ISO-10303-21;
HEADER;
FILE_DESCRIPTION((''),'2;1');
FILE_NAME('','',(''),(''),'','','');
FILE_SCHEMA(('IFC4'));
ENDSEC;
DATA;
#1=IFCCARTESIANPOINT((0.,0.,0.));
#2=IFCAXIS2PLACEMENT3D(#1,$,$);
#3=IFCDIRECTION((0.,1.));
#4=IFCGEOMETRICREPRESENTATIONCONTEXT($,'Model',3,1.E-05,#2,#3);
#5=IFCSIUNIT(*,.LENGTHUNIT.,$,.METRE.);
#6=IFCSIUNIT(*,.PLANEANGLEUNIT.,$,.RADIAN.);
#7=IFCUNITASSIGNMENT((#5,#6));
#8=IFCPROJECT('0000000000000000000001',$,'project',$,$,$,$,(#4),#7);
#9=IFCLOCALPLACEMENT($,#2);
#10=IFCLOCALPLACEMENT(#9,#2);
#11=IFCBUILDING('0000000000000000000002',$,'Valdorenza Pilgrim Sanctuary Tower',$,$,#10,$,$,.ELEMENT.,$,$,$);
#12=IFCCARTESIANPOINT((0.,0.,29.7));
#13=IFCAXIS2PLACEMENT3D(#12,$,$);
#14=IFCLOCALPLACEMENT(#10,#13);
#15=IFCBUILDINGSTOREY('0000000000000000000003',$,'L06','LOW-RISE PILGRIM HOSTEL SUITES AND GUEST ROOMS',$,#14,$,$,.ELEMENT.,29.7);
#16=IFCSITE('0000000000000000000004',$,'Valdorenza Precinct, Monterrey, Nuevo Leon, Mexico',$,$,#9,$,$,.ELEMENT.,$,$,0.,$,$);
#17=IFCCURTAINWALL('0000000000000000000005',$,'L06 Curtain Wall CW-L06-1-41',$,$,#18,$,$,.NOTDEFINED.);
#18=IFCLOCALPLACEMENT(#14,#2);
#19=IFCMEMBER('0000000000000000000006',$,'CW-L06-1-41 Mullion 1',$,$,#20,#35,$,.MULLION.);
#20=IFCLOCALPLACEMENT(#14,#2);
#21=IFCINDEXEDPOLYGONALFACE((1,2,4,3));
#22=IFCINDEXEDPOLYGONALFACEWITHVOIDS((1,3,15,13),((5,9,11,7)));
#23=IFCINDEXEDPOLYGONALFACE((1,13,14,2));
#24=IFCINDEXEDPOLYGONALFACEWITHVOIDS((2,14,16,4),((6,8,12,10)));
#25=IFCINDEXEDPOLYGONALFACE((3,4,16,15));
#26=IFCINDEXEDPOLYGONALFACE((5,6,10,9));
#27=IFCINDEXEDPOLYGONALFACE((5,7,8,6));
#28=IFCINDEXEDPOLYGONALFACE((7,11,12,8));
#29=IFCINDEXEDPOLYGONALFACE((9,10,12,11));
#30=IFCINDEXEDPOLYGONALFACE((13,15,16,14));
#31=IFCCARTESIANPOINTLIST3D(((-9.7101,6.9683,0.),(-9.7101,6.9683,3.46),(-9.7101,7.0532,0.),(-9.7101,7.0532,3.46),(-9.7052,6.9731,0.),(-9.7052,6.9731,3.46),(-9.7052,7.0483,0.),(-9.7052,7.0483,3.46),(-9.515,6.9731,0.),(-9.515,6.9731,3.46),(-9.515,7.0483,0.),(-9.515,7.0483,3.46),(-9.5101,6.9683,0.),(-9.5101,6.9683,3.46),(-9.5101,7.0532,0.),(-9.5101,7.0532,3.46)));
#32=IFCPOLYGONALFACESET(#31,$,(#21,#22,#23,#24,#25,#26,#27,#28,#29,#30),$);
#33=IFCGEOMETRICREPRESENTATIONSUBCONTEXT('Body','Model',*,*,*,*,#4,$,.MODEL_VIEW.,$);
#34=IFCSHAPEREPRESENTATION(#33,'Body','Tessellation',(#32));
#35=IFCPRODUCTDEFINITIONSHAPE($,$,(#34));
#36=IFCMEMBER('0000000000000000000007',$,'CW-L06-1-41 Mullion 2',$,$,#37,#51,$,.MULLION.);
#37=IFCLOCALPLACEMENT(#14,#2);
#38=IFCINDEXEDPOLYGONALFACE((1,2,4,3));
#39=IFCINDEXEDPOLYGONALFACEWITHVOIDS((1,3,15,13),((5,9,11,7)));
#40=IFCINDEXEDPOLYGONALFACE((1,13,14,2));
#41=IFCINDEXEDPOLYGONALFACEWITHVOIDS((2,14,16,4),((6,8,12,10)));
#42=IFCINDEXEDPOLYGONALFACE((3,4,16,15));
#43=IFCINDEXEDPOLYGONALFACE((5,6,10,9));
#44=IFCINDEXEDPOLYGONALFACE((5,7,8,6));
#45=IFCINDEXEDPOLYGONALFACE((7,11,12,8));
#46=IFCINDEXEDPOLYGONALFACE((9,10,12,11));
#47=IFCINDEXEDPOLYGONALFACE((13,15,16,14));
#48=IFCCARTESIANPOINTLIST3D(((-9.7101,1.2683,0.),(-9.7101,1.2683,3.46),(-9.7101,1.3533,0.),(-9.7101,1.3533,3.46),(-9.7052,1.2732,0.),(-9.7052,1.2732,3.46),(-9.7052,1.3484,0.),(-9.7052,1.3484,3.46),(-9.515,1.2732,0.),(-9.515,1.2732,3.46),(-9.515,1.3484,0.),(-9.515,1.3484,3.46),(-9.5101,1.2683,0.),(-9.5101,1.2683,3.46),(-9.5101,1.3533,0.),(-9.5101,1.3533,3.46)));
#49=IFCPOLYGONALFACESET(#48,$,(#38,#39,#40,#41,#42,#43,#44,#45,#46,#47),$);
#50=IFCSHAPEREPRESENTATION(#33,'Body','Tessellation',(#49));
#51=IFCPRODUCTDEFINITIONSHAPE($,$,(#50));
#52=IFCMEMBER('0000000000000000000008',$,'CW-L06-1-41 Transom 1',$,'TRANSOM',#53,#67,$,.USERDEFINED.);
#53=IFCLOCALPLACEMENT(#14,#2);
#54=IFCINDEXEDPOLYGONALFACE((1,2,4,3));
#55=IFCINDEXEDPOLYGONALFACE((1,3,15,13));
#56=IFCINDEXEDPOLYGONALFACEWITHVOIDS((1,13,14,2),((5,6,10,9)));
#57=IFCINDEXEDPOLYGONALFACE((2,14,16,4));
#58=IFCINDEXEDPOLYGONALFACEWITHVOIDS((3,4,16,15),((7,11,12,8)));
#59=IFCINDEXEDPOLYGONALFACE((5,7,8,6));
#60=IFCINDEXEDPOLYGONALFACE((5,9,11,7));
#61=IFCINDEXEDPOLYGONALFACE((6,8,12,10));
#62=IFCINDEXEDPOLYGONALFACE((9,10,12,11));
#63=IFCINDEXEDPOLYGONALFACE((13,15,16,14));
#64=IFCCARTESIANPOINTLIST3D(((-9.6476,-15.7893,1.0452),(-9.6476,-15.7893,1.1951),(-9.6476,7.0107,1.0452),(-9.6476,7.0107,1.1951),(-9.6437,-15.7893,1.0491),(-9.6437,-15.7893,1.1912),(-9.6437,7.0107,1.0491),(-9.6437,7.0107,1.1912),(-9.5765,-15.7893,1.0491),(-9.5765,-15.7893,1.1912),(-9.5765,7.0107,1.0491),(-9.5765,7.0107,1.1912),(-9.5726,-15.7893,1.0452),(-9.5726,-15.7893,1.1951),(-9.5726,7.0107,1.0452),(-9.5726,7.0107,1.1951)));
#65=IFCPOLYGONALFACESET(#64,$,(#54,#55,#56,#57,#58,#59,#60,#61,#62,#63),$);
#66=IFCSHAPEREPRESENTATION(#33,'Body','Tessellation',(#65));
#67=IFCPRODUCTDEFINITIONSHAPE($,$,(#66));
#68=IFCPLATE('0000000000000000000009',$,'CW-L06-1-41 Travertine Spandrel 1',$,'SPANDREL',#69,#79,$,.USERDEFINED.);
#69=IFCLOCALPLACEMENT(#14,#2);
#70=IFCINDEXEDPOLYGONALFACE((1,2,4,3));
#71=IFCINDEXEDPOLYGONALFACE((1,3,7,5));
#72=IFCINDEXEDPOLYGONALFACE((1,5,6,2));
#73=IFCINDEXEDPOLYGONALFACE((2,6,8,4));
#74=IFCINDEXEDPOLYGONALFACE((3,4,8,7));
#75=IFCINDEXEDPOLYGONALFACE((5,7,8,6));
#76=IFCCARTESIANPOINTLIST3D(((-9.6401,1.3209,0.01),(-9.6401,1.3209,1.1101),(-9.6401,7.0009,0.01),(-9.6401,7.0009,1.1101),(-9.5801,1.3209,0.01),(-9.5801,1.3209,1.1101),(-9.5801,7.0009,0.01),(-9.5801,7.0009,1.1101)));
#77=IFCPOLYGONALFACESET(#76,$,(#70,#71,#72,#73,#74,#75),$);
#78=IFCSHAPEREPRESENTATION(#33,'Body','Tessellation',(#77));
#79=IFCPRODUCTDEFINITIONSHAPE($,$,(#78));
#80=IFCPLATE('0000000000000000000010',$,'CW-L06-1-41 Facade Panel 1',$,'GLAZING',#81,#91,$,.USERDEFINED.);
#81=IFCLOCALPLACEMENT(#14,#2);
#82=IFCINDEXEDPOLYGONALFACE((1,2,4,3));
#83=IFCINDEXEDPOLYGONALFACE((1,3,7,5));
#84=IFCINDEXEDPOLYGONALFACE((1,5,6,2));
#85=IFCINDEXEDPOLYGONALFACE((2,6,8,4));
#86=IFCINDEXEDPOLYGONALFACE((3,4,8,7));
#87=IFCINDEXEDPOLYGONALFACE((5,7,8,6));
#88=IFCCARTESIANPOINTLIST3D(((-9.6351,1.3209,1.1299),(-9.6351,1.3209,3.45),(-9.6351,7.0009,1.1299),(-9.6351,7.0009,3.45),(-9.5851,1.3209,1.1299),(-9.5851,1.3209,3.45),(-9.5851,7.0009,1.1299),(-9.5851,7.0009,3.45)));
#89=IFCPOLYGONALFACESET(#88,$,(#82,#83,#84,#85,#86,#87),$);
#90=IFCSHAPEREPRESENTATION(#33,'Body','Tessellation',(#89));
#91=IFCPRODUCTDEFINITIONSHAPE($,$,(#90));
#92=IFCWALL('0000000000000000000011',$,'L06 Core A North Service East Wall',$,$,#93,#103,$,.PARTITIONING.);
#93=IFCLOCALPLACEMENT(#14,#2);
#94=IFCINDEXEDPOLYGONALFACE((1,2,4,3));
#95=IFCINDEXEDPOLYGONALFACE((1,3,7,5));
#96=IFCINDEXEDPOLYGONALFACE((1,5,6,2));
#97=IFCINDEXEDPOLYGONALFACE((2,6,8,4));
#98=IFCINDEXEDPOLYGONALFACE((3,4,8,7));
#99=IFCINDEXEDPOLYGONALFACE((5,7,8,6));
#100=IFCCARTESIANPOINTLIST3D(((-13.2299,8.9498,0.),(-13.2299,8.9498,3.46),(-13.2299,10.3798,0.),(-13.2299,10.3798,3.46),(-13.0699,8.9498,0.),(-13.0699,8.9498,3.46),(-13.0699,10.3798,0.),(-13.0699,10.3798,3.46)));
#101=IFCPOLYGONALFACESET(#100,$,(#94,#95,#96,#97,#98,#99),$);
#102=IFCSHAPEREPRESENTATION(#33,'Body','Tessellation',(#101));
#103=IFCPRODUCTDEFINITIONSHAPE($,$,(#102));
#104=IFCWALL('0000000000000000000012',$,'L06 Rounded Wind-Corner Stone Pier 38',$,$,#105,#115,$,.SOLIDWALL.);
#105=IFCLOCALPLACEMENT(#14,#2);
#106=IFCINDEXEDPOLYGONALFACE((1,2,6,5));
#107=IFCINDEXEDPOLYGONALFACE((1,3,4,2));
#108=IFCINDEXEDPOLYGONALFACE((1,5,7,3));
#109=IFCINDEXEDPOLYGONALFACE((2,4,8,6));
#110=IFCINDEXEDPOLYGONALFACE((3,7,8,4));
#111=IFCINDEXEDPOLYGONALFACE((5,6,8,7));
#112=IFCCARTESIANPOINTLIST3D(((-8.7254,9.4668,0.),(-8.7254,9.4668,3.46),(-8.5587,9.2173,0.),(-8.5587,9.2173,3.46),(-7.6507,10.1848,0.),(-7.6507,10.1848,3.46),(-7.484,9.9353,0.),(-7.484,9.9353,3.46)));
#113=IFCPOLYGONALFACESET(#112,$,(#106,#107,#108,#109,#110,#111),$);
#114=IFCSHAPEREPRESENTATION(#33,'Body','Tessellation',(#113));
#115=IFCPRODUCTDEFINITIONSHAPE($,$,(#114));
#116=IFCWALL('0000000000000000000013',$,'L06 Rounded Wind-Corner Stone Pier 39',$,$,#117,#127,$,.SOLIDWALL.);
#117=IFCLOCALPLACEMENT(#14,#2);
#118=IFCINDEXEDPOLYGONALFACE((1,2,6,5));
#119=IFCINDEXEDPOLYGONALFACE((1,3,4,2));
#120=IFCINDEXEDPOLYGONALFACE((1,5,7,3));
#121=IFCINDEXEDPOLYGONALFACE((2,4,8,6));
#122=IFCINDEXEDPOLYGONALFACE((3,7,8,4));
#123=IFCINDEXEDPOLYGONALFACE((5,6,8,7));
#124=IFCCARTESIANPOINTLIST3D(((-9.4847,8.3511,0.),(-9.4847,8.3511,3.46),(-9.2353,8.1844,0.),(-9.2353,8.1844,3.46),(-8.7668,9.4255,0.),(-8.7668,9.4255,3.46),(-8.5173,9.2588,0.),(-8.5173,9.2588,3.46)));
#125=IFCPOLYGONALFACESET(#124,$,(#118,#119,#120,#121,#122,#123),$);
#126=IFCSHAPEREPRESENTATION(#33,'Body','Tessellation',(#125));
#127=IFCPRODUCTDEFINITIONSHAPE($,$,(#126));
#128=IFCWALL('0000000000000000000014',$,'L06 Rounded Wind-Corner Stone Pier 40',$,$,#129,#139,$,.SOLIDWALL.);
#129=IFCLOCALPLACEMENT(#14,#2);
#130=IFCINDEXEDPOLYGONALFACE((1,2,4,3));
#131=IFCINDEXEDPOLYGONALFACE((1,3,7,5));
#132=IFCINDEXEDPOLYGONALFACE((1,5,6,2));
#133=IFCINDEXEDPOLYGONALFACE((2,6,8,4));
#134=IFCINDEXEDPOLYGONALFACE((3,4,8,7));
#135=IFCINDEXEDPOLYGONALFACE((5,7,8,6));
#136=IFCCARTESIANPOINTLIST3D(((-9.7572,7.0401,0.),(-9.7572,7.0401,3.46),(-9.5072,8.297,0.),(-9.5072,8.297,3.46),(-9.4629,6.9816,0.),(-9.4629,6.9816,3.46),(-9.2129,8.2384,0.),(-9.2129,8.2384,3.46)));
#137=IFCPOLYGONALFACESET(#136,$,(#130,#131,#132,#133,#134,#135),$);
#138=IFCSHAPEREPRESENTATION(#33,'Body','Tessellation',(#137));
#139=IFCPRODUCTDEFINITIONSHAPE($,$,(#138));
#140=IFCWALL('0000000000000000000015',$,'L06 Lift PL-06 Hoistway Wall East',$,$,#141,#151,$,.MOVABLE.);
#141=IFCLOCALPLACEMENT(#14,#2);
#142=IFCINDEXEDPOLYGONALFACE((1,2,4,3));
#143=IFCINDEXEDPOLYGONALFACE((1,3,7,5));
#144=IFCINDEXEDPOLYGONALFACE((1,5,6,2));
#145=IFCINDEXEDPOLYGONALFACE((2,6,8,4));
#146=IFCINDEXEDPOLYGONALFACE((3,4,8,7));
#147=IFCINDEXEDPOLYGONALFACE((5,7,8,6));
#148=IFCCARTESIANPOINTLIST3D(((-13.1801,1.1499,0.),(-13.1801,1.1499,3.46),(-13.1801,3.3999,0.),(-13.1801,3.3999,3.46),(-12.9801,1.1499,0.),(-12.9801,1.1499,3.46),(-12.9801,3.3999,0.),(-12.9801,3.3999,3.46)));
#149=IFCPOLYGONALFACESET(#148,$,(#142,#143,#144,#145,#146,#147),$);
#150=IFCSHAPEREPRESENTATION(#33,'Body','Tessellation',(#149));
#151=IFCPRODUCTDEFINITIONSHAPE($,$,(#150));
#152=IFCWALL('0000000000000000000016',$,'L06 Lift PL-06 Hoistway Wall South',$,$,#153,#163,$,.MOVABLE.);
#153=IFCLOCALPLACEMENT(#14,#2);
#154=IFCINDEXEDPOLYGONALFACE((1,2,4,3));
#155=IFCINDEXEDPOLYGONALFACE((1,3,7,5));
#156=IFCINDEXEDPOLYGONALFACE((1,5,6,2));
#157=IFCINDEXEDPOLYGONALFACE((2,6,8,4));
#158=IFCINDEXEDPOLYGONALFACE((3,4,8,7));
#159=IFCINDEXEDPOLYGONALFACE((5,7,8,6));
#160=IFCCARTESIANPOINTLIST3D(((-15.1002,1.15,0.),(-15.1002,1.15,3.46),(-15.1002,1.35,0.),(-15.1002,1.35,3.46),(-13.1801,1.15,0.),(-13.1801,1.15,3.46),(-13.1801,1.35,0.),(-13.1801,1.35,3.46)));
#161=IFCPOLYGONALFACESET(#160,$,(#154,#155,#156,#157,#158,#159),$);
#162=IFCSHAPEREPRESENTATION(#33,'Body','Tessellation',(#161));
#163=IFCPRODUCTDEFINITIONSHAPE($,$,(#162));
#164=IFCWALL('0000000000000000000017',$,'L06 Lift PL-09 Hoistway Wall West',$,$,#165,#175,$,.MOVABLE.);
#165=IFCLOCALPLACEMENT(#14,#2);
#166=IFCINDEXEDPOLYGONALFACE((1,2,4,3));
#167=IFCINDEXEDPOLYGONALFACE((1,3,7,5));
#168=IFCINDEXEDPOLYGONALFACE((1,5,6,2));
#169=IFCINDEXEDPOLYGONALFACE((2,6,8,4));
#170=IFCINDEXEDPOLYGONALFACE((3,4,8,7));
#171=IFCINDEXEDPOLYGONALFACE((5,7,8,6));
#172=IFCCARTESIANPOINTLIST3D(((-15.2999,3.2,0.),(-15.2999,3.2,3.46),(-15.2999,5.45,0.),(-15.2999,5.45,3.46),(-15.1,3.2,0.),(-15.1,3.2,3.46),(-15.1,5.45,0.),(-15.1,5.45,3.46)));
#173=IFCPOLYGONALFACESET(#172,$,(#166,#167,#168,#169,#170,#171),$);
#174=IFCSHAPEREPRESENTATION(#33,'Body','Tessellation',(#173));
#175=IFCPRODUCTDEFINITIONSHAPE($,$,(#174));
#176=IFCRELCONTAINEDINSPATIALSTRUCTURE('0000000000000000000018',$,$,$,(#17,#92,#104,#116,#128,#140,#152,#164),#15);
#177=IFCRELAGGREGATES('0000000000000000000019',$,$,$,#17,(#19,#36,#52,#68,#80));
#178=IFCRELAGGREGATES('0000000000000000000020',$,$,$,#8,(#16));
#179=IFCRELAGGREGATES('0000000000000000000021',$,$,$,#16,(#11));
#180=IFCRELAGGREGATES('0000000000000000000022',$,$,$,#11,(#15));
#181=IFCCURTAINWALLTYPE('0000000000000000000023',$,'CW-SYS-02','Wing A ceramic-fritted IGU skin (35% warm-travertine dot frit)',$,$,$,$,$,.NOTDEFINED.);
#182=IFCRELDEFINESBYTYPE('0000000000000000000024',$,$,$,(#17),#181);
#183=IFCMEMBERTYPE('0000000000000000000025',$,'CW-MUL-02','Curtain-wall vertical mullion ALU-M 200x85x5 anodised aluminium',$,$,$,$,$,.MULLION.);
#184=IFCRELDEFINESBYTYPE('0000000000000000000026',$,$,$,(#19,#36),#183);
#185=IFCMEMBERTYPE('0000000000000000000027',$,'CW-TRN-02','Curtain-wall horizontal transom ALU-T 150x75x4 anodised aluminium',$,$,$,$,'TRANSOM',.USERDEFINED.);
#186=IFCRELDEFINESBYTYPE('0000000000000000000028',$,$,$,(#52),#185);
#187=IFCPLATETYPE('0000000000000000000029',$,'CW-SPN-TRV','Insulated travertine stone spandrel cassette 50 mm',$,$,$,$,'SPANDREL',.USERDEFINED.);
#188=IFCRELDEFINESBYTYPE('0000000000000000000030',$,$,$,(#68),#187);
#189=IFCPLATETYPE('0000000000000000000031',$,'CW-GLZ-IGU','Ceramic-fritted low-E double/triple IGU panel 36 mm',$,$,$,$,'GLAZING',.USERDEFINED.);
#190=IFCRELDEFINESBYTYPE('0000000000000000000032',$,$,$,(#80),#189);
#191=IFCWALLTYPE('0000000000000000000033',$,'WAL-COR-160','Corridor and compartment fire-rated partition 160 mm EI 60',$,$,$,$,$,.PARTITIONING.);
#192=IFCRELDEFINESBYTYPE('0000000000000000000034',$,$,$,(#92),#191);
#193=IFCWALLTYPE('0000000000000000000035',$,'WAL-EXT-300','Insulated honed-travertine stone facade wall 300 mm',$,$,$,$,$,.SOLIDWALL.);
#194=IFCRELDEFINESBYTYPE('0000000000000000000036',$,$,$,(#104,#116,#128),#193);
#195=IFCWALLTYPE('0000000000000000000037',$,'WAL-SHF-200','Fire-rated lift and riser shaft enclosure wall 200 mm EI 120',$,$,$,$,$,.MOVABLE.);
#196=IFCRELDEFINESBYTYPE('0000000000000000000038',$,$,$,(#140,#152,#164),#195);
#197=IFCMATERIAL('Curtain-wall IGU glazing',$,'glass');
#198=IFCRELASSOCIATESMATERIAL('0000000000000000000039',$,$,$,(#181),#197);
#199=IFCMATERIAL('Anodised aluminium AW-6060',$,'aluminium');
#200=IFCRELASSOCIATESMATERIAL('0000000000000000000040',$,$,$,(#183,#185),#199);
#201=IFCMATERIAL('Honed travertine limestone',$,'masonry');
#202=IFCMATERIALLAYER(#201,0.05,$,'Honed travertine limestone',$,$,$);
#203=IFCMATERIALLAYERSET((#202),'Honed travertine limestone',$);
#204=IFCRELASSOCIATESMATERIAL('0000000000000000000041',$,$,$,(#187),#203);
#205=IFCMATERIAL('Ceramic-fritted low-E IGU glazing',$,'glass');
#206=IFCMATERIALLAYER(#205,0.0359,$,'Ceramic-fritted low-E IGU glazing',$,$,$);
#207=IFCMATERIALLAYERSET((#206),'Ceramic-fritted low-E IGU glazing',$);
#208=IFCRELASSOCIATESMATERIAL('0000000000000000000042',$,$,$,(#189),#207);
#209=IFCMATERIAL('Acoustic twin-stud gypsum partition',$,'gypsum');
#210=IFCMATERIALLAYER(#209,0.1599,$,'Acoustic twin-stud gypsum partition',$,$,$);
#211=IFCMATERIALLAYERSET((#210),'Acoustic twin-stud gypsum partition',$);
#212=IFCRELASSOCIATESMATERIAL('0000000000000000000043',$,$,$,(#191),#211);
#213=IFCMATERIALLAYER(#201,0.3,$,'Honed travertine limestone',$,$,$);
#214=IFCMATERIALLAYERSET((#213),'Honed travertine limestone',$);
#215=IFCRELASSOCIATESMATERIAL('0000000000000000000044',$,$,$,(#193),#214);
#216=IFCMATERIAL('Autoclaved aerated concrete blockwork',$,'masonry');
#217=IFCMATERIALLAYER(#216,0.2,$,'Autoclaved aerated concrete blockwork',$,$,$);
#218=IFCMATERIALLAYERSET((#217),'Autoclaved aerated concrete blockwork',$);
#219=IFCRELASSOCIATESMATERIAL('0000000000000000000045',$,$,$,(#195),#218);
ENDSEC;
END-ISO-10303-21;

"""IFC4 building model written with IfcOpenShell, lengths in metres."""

from ifc_helpers import new_model, si_unit, direction, frame, frame_2d, origin, origin_2d, place, context, subcontext, project, spatial, rectangle, hollow_rectangle, extrude, source, transform, mapped, material, layer, layer_set, material_profile, profile_set, type_object, element, aggregate, save


model = new_model("IFC4")

# Units and contexts
model_context = context("Model", 3, precision=1e-05, world=origin(), true_north=direction((0.0, 1.0)))
body_context = subcontext(model_context, "Body", "Model", "MODEL_VIEW")
ifc_project = project(units=[si_unit("LENGTHUNIT", "METRE"), si_unit("PLANEANGLEUNIT", "RADIAN")], contexts=[model_context])

# Site, building, storey
site_placement = place(None, origin())
site = spatial("IfcSite", under=ifc_project, at=site_placement, Name="Valdorenza Precinct, Monterrey, Nuevo Leon, Mexico", CompositionType="ELEMENT", RefElevation=0.0)
building_placement = place(site_placement, origin())
building = spatial("IfcBuilding", under=site, at=building_placement, Name="Valdorenza Pilgrim Sanctuary Tower", CompositionType="ELEMENT")
storey_placement = place(building_placement, frame((0.0, 0.0, 29.7)))
storey = spatial("IfcBuildingStorey", under=building, at=storey_placement, Name="L06", Description="LOW-RISE PILGRIM HOSTEL SUITES AND GUEST ROOMS", CompositionType="ELEMENT", Elevation=29.7)

# Curtain wall, members, plates
ifc_material_1 = material(Name="Curtain-wall IGU glazing", Category="glass")
curtain_wall_type = type_object("IfcCurtainWallType", Name="CW-SYS-02", Description="Wing A ceramic-fritted IGU skin (35% warm-travertine dot frit)", PredefinedType="NOTDEFINED", material=ifc_material_1)
curtain_wall_placement = place(storey_placement, origin())
curtain_wall = element("IfcCurtainWall", 1, at=curtain_wall_placement, inside=storey, type_object=curtain_wall_type, Name="L06 Curtain Wall CW-L06-1-41", PredefinedType="NOTDEFINED")
ifc_material_2 = material(Name="Anodised aluminium AW-6060", Category="aluminium")
ifc_material_profile_1 = material_profile(ifc_material_2, hollow_rectangle(XDim=0.085, YDim=0.2, WallThickness=0.0049, at=origin_2d()), Name="ALU-M 200x85x5")
ifc_profile_set_1 = profile_set([ifc_material_profile_1], Name="Anodised aluminium AW-6060")
member_type_1 = type_object("IfcMemberType", Name="CW-MUL-02", Description="Curtain-wall vertical mullion ALU-M 200x85x5 anodised aluminium", PredefinedType="MULLION", material=ifc_profile_set_1)
shared_shape_1 = source(origin(), body_context, "Body", "SweptSolid", [
    extrude(hollow_rectangle(XDim=0.085, YDim=0.2, WallThickness=0.0049, at=origin_2d()), origin(), (0.0, 0.0, 1.0), 3.46),
])
member_1_placement = place(storey_placement, frame((-9.6101, 7.0107, 0.0), z_axis=(0.0, 0.0, 1.0), x_axis=(0.0, -1.0, 0.0)))
member_1 = element("IfcMember", 2, at=member_1_placement, type_object=member_type_1, Name="CW-L06-1-41 Mullion 1", PredefinedType="MULLION", context=body_context, shape_type="MappedRepresentation", body=[
    mapped(shared_shape_1, transform((0.0, 0.0, 0.0), x_axis=(1.0, 0.0, 0.0), y_axis=(0.0, 1.0, 0.0), z_axis=(0.0, 0.0, 1.0), scale=1.0)),
])
member_2_placement = place(storey_placement, frame((-9.6101, 1.3108, 0.0), z_axis=(0.0, 0.0, 1.0), x_axis=(0.0, -1.0, 0.0)))
member_2 = element("IfcMember", 3, at=member_2_placement, type_object=member_type_1, Name="CW-L06-1-41 Mullion 2", PredefinedType="MULLION", context=body_context, shape_type="MappedRepresentation", body=[
    mapped(shared_shape_1, transform((0.0, 0.0, 0.0), x_axis=(1.0, 0.0, 0.0), y_axis=(0.0, 1.0, 0.0), z_axis=(0.0, 0.0, 1.0), scale=1.0)),
])
ifc_material_profile_2 = material_profile(ifc_material_2, hollow_rectangle(XDim=0.075, YDim=0.1499, WallThickness=0.0039, at=origin_2d()), Name="ALU-T 150x75x4")
ifc_profile_set_2 = profile_set([ifc_material_profile_2], Name="Anodised aluminium AW-6060")
member_type_2 = type_object("IfcMemberType", Name="CW-TRN-02", Description="Curtain-wall horizontal transom ALU-T 150x75x4 anodised aluminium", ElementType="TRANSOM", PredefinedType="USERDEFINED", material=ifc_profile_set_2)
shared_shape_2 = source(origin(), body_context, "Body", "SweptSolid", [
    extrude(hollow_rectangle(XDim=0.075, YDim=0.1499, WallThickness=0.0039, at=origin_2d()), origin(), (0.0, 0.0, 1.0), 22.8),
])
member_3_placement = place(storey_placement, frame((-9.6101, 7.0107, 1.1201), z_axis=(0.0, -1.0, 0.0), x_axis=(1.0, 0.0, 0.0)))
member_3 = element("IfcMember", 4, at=member_3_placement, type_object=member_type_2, Name="CW-L06-1-41 Transom 1", ObjectType="TRANSOM", PredefinedType="USERDEFINED", context=body_context, shape_type="MappedRepresentation", body=[
    mapped(shared_shape_2, transform((0.0, 0.0, 0.0), x_axis=(1.0, 0.0, 0.0), y_axis=(0.0, 1.0, 0.0), z_axis=(0.0, 0.0, 1.0), scale=1.0)),
])
ifc_material_3 = material(Name="Honed travertine limestone", Category="masonry")
ifc_layer_1 = layer(ifc_material_3, 0.05, Name="Honed travertine limestone")
ifc_layer_set_1 = layer_set([ifc_layer_1], Name="Honed travertine limestone")
plate_type_1 = type_object("IfcPlateType", Name="CW-SPN-TRV", Description="Insulated travertine stone spandrel cassette 50 mm", ElementType="SPANDREL", PredefinedType="USERDEFINED", material=ifc_layer_set_1)
shared_shape_3 = source(origin(), body_context, "Body", "SweptSolid", [
    extrude(rectangle(XDim=5.6799, YDim=0.0601, at=origin_2d()), origin(), (0.0, 0.0, 1.0), 1.1001),
])
plate_1_placement = place(storey_placement, frame((-9.6101, 4.1609, 0.01), z_axis=(0.0, 0.0, 1.0), x_axis=(0.0, -1.0, 0.0)))
plate_1 = element("IfcPlate", 5, at=plate_1_placement, type_object=plate_type_1, Name="CW-L06-1-41 Travertine Spandrel 1", ObjectType="SPANDREL", PredefinedType="USERDEFINED", context=body_context, shape_type="MappedRepresentation", body=[
    mapped(shared_shape_3, transform((0.0, 0.0, 0.0), x_axis=(1.0, 0.0, 0.0), y_axis=(0.0, 1.0, 0.0), z_axis=(0.0, 0.0, 1.0), scale=1.0)),
])
ifc_material_4 = material(Name="Ceramic-fritted low-E IGU glazing", Category="glass")
ifc_layer_2 = layer(ifc_material_4, 0.0359, Name="Ceramic-fritted low-E IGU glazing")
ifc_layer_set_2 = layer_set([ifc_layer_2], Name="Ceramic-fritted low-E IGU glazing")
plate_type_2 = type_object("IfcPlateType", Name="CW-GLZ-IGU", Description="Ceramic-fritted low-E double/triple IGU panel 36 mm", ElementType="GLAZING", PredefinedType="USERDEFINED", material=ifc_layer_set_2)
shared_shape_4 = source(origin(), body_context, "Body", "SweptSolid", [
    extrude(rectangle(XDim=5.6799, YDim=0.05, at=origin_2d()), origin(), (0.0, 0.0, 1.0), 2.3201),
])
plate_2_placement = place(storey_placement, frame((-9.6101, 4.1609, 1.1299), z_axis=(0.0, 0.0, 1.0), x_axis=(0.0, -1.0, 0.0)))
plate_2 = element("IfcPlate", 6, at=plate_2_placement, type_object=plate_type_2, Name="CW-L06-1-41 Facade Panel 1", ObjectType="GLAZING", PredefinedType="USERDEFINED", context=body_context, shape_type="MappedRepresentation", body=[
    mapped(shared_shape_4, transform((0.0, 0.0, 0.0), x_axis=(1.0, 0.0, 0.0), y_axis=(0.0, 1.0, 0.0), z_axis=(0.0, 0.0, 1.0), scale=1.0)),
])
aggregate(curtain_wall, [member_1, member_2, member_3, plate_1, plate_2])

# Walls
ifc_material_5 = material(Name="Acoustic twin-stud gypsum partition", Category="gypsum")
ifc_layer_3 = layer(ifc_material_5, 0.1599, Name="Acoustic twin-stud gypsum partition")
ifc_layer_set_3 = layer_set([ifc_layer_3], Name="Acoustic twin-stud gypsum partition")
wall_type_1 = type_object("IfcWallType", Name="WAL-COR-160", Description="Corridor and compartment fire-rated partition 160 mm EI 60", PredefinedType="PARTITIONING", material=ifc_layer_set_3)
wall_1_placement = place(storey_placement, frame((-13.1499, 8.95, 0.0), z_axis=(0.0, 0.0, 1.0), x_axis=(0.0, 1.0, 0.0)))
element("IfcWall", 7, at=wall_1_placement, inside=storey, type_object=wall_type_1, Name="L06 Core A North Service East Wall", PredefinedType="PARTITIONING", context=body_context, shape_type="SweptSolid", body=[
    extrude(rectangle(XDim=1.4299, YDim=0.1599, at=frame_2d((0.7148, 0.0))), origin(), (0.0, 0.0, 1.0), 3.46),
])
ifc_layer_4 = layer(ifc_material_3, 0.3, Name="Honed travertine limestone")
ifc_layer_set_4 = layer_set([ifc_layer_4], Name="Honed travertine limestone")
wall_type_2 = type_object("IfcWallType", Name="WAL-EXT-300", Description="Insulated honed-travertine stone facade wall 300 mm", PredefinedType="SOLIDWALL", material=ifc_layer_set_4)
wall_2_placement = place(storey_placement, frame((-7.5674, 10.0601, 0.0), z_axis=(0.0, 0.0, 1.0), x_axis=(-0.831498, -0.555528, 0.0)))
element("IfcWall", 8, at=wall_2_placement, inside=storey, type_object=wall_type_2, Name="L06 Rounded Wind-Corner Stone Pier 38", PredefinedType="SOLIDWALL", context=body_context, shape_type="SweptSolid", body=[
    extrude(rectangle(XDim=1.2925, YDim=0.3, at=frame_2d((0.6462, 0.0))), origin(), (0.0, 0.0, 1.0), 3.46),
])
wall_3_placement = place(storey_placement, frame((-8.6421, 9.342, 0.0), z_axis=(0.0, 0.0, 1.0), x_axis=(-0.555615, -0.831439, 0.0)))
element("IfcWall", 9, at=wall_3_placement, inside=storey, type_object=wall_type_2, Name="L06 Rounded Wind-Corner Stone Pier 39", PredefinedType="SOLIDWALL", context=body_context, shape_type="SweptSolid", body=[
    extrude(rectangle(XDim=1.2922, YDim=0.3, at=frame_2d((0.646, 0.0))), origin(), (0.0, 0.0, 1.0), 3.46),
])
wall_4_placement = place(storey_placement, frame((-9.3601, 8.2676, 0.0), z_axis=(0.0, 0.0, 1.0), x_axis=(-0.19509, -0.980785, 0.0)))
element("IfcWall", 10, at=wall_4_placement, inside=storey, type_object=wall_type_2, Name="L06 Rounded Wind-Corner Stone Pier 40", PredefinedType="SOLIDWALL", context=body_context, shape_type="SweptSolid", body=[
    extrude(rectangle(XDim=1.2815, YDim=0.3, at=frame_2d((0.6406, 0.0))), origin(), (0.0, 0.0, 1.0), 3.46),
])
ifc_material_6 = material(Name="Autoclaved aerated concrete blockwork", Category="masonry")
ifc_layer_5 = layer(ifc_material_6, 0.2, Name="Autoclaved aerated concrete blockwork")
ifc_layer_set_5 = layer_set([ifc_layer_5], Name="Autoclaved aerated concrete blockwork")
wall_type_3 = type_object("IfcWallType", Name="WAL-SHF-200", Description="Fire-rated lift and riser shaft enclosure wall 200 mm EI 120", PredefinedType="MOVABLE", material=ifc_layer_set_5)
wall_5_placement = place(storey_placement, frame((-13.0801, 1.1499, 0.0), z_axis=(0.0, 0.0, 1.0), x_axis=(0.0, 1.0, 0.0)))
element("IfcWall", 11, at=wall_5_placement, inside=storey, type_object=wall_type_3, Name="L06 Lift PL-06 Hoistway Wall East", PredefinedType="MOVABLE", context=body_context, shape_type="SweptSolid", body=[
    extrude(rectangle(XDim=2.25, YDim=0.2, at=frame_2d((1.125, 0.0))), origin(), (0.0, 0.0, 1.0), 3.46),
])
wall_6_placement = place(storey_placement, frame((-15.1001, 1.25, 0.0), z_axis=(0.0, 0.0, 1.0), x_axis=(1.0, 0.0, 0.0)))
element("IfcWall", 12, at=wall_6_placement, inside=storey, type_object=wall_type_3, Name="L06 Lift PL-06 Hoistway Wall South", PredefinedType="MOVABLE", context=body_context, shape_type="SweptSolid", body=[
    extrude(rectangle(XDim=1.9202, YDim=0.2, at=frame_2d((0.96, 0.0))), origin(), (0.0, 0.0, 1.0), 3.46),
])
for number, where, z_axis, x_axis, name in (
    (13, (-15.2, 3.2, 0.0), (0.0, 0.0, 1.0), (0.0, 1.0, 0.0), "L06 Lift PL-09 Hoistway Wall West"),
):
    element("IfcWall", number, at=place(storey_placement, frame(where, z_axis=z_axis, x_axis=x_axis)), inside=storey, type_object=wall_type_3, Name=name, PredefinedType="MOVABLE", context=body_context, shape_type="SweptSolid", body=[
        extrude(rectangle(XDim=2.25, YDim=0.2, at=frame_2d((1.125, 0.0))), origin(), (0.0, 0.0, 1.0), 3.46),
    ])

save(model, "model.ifc")
